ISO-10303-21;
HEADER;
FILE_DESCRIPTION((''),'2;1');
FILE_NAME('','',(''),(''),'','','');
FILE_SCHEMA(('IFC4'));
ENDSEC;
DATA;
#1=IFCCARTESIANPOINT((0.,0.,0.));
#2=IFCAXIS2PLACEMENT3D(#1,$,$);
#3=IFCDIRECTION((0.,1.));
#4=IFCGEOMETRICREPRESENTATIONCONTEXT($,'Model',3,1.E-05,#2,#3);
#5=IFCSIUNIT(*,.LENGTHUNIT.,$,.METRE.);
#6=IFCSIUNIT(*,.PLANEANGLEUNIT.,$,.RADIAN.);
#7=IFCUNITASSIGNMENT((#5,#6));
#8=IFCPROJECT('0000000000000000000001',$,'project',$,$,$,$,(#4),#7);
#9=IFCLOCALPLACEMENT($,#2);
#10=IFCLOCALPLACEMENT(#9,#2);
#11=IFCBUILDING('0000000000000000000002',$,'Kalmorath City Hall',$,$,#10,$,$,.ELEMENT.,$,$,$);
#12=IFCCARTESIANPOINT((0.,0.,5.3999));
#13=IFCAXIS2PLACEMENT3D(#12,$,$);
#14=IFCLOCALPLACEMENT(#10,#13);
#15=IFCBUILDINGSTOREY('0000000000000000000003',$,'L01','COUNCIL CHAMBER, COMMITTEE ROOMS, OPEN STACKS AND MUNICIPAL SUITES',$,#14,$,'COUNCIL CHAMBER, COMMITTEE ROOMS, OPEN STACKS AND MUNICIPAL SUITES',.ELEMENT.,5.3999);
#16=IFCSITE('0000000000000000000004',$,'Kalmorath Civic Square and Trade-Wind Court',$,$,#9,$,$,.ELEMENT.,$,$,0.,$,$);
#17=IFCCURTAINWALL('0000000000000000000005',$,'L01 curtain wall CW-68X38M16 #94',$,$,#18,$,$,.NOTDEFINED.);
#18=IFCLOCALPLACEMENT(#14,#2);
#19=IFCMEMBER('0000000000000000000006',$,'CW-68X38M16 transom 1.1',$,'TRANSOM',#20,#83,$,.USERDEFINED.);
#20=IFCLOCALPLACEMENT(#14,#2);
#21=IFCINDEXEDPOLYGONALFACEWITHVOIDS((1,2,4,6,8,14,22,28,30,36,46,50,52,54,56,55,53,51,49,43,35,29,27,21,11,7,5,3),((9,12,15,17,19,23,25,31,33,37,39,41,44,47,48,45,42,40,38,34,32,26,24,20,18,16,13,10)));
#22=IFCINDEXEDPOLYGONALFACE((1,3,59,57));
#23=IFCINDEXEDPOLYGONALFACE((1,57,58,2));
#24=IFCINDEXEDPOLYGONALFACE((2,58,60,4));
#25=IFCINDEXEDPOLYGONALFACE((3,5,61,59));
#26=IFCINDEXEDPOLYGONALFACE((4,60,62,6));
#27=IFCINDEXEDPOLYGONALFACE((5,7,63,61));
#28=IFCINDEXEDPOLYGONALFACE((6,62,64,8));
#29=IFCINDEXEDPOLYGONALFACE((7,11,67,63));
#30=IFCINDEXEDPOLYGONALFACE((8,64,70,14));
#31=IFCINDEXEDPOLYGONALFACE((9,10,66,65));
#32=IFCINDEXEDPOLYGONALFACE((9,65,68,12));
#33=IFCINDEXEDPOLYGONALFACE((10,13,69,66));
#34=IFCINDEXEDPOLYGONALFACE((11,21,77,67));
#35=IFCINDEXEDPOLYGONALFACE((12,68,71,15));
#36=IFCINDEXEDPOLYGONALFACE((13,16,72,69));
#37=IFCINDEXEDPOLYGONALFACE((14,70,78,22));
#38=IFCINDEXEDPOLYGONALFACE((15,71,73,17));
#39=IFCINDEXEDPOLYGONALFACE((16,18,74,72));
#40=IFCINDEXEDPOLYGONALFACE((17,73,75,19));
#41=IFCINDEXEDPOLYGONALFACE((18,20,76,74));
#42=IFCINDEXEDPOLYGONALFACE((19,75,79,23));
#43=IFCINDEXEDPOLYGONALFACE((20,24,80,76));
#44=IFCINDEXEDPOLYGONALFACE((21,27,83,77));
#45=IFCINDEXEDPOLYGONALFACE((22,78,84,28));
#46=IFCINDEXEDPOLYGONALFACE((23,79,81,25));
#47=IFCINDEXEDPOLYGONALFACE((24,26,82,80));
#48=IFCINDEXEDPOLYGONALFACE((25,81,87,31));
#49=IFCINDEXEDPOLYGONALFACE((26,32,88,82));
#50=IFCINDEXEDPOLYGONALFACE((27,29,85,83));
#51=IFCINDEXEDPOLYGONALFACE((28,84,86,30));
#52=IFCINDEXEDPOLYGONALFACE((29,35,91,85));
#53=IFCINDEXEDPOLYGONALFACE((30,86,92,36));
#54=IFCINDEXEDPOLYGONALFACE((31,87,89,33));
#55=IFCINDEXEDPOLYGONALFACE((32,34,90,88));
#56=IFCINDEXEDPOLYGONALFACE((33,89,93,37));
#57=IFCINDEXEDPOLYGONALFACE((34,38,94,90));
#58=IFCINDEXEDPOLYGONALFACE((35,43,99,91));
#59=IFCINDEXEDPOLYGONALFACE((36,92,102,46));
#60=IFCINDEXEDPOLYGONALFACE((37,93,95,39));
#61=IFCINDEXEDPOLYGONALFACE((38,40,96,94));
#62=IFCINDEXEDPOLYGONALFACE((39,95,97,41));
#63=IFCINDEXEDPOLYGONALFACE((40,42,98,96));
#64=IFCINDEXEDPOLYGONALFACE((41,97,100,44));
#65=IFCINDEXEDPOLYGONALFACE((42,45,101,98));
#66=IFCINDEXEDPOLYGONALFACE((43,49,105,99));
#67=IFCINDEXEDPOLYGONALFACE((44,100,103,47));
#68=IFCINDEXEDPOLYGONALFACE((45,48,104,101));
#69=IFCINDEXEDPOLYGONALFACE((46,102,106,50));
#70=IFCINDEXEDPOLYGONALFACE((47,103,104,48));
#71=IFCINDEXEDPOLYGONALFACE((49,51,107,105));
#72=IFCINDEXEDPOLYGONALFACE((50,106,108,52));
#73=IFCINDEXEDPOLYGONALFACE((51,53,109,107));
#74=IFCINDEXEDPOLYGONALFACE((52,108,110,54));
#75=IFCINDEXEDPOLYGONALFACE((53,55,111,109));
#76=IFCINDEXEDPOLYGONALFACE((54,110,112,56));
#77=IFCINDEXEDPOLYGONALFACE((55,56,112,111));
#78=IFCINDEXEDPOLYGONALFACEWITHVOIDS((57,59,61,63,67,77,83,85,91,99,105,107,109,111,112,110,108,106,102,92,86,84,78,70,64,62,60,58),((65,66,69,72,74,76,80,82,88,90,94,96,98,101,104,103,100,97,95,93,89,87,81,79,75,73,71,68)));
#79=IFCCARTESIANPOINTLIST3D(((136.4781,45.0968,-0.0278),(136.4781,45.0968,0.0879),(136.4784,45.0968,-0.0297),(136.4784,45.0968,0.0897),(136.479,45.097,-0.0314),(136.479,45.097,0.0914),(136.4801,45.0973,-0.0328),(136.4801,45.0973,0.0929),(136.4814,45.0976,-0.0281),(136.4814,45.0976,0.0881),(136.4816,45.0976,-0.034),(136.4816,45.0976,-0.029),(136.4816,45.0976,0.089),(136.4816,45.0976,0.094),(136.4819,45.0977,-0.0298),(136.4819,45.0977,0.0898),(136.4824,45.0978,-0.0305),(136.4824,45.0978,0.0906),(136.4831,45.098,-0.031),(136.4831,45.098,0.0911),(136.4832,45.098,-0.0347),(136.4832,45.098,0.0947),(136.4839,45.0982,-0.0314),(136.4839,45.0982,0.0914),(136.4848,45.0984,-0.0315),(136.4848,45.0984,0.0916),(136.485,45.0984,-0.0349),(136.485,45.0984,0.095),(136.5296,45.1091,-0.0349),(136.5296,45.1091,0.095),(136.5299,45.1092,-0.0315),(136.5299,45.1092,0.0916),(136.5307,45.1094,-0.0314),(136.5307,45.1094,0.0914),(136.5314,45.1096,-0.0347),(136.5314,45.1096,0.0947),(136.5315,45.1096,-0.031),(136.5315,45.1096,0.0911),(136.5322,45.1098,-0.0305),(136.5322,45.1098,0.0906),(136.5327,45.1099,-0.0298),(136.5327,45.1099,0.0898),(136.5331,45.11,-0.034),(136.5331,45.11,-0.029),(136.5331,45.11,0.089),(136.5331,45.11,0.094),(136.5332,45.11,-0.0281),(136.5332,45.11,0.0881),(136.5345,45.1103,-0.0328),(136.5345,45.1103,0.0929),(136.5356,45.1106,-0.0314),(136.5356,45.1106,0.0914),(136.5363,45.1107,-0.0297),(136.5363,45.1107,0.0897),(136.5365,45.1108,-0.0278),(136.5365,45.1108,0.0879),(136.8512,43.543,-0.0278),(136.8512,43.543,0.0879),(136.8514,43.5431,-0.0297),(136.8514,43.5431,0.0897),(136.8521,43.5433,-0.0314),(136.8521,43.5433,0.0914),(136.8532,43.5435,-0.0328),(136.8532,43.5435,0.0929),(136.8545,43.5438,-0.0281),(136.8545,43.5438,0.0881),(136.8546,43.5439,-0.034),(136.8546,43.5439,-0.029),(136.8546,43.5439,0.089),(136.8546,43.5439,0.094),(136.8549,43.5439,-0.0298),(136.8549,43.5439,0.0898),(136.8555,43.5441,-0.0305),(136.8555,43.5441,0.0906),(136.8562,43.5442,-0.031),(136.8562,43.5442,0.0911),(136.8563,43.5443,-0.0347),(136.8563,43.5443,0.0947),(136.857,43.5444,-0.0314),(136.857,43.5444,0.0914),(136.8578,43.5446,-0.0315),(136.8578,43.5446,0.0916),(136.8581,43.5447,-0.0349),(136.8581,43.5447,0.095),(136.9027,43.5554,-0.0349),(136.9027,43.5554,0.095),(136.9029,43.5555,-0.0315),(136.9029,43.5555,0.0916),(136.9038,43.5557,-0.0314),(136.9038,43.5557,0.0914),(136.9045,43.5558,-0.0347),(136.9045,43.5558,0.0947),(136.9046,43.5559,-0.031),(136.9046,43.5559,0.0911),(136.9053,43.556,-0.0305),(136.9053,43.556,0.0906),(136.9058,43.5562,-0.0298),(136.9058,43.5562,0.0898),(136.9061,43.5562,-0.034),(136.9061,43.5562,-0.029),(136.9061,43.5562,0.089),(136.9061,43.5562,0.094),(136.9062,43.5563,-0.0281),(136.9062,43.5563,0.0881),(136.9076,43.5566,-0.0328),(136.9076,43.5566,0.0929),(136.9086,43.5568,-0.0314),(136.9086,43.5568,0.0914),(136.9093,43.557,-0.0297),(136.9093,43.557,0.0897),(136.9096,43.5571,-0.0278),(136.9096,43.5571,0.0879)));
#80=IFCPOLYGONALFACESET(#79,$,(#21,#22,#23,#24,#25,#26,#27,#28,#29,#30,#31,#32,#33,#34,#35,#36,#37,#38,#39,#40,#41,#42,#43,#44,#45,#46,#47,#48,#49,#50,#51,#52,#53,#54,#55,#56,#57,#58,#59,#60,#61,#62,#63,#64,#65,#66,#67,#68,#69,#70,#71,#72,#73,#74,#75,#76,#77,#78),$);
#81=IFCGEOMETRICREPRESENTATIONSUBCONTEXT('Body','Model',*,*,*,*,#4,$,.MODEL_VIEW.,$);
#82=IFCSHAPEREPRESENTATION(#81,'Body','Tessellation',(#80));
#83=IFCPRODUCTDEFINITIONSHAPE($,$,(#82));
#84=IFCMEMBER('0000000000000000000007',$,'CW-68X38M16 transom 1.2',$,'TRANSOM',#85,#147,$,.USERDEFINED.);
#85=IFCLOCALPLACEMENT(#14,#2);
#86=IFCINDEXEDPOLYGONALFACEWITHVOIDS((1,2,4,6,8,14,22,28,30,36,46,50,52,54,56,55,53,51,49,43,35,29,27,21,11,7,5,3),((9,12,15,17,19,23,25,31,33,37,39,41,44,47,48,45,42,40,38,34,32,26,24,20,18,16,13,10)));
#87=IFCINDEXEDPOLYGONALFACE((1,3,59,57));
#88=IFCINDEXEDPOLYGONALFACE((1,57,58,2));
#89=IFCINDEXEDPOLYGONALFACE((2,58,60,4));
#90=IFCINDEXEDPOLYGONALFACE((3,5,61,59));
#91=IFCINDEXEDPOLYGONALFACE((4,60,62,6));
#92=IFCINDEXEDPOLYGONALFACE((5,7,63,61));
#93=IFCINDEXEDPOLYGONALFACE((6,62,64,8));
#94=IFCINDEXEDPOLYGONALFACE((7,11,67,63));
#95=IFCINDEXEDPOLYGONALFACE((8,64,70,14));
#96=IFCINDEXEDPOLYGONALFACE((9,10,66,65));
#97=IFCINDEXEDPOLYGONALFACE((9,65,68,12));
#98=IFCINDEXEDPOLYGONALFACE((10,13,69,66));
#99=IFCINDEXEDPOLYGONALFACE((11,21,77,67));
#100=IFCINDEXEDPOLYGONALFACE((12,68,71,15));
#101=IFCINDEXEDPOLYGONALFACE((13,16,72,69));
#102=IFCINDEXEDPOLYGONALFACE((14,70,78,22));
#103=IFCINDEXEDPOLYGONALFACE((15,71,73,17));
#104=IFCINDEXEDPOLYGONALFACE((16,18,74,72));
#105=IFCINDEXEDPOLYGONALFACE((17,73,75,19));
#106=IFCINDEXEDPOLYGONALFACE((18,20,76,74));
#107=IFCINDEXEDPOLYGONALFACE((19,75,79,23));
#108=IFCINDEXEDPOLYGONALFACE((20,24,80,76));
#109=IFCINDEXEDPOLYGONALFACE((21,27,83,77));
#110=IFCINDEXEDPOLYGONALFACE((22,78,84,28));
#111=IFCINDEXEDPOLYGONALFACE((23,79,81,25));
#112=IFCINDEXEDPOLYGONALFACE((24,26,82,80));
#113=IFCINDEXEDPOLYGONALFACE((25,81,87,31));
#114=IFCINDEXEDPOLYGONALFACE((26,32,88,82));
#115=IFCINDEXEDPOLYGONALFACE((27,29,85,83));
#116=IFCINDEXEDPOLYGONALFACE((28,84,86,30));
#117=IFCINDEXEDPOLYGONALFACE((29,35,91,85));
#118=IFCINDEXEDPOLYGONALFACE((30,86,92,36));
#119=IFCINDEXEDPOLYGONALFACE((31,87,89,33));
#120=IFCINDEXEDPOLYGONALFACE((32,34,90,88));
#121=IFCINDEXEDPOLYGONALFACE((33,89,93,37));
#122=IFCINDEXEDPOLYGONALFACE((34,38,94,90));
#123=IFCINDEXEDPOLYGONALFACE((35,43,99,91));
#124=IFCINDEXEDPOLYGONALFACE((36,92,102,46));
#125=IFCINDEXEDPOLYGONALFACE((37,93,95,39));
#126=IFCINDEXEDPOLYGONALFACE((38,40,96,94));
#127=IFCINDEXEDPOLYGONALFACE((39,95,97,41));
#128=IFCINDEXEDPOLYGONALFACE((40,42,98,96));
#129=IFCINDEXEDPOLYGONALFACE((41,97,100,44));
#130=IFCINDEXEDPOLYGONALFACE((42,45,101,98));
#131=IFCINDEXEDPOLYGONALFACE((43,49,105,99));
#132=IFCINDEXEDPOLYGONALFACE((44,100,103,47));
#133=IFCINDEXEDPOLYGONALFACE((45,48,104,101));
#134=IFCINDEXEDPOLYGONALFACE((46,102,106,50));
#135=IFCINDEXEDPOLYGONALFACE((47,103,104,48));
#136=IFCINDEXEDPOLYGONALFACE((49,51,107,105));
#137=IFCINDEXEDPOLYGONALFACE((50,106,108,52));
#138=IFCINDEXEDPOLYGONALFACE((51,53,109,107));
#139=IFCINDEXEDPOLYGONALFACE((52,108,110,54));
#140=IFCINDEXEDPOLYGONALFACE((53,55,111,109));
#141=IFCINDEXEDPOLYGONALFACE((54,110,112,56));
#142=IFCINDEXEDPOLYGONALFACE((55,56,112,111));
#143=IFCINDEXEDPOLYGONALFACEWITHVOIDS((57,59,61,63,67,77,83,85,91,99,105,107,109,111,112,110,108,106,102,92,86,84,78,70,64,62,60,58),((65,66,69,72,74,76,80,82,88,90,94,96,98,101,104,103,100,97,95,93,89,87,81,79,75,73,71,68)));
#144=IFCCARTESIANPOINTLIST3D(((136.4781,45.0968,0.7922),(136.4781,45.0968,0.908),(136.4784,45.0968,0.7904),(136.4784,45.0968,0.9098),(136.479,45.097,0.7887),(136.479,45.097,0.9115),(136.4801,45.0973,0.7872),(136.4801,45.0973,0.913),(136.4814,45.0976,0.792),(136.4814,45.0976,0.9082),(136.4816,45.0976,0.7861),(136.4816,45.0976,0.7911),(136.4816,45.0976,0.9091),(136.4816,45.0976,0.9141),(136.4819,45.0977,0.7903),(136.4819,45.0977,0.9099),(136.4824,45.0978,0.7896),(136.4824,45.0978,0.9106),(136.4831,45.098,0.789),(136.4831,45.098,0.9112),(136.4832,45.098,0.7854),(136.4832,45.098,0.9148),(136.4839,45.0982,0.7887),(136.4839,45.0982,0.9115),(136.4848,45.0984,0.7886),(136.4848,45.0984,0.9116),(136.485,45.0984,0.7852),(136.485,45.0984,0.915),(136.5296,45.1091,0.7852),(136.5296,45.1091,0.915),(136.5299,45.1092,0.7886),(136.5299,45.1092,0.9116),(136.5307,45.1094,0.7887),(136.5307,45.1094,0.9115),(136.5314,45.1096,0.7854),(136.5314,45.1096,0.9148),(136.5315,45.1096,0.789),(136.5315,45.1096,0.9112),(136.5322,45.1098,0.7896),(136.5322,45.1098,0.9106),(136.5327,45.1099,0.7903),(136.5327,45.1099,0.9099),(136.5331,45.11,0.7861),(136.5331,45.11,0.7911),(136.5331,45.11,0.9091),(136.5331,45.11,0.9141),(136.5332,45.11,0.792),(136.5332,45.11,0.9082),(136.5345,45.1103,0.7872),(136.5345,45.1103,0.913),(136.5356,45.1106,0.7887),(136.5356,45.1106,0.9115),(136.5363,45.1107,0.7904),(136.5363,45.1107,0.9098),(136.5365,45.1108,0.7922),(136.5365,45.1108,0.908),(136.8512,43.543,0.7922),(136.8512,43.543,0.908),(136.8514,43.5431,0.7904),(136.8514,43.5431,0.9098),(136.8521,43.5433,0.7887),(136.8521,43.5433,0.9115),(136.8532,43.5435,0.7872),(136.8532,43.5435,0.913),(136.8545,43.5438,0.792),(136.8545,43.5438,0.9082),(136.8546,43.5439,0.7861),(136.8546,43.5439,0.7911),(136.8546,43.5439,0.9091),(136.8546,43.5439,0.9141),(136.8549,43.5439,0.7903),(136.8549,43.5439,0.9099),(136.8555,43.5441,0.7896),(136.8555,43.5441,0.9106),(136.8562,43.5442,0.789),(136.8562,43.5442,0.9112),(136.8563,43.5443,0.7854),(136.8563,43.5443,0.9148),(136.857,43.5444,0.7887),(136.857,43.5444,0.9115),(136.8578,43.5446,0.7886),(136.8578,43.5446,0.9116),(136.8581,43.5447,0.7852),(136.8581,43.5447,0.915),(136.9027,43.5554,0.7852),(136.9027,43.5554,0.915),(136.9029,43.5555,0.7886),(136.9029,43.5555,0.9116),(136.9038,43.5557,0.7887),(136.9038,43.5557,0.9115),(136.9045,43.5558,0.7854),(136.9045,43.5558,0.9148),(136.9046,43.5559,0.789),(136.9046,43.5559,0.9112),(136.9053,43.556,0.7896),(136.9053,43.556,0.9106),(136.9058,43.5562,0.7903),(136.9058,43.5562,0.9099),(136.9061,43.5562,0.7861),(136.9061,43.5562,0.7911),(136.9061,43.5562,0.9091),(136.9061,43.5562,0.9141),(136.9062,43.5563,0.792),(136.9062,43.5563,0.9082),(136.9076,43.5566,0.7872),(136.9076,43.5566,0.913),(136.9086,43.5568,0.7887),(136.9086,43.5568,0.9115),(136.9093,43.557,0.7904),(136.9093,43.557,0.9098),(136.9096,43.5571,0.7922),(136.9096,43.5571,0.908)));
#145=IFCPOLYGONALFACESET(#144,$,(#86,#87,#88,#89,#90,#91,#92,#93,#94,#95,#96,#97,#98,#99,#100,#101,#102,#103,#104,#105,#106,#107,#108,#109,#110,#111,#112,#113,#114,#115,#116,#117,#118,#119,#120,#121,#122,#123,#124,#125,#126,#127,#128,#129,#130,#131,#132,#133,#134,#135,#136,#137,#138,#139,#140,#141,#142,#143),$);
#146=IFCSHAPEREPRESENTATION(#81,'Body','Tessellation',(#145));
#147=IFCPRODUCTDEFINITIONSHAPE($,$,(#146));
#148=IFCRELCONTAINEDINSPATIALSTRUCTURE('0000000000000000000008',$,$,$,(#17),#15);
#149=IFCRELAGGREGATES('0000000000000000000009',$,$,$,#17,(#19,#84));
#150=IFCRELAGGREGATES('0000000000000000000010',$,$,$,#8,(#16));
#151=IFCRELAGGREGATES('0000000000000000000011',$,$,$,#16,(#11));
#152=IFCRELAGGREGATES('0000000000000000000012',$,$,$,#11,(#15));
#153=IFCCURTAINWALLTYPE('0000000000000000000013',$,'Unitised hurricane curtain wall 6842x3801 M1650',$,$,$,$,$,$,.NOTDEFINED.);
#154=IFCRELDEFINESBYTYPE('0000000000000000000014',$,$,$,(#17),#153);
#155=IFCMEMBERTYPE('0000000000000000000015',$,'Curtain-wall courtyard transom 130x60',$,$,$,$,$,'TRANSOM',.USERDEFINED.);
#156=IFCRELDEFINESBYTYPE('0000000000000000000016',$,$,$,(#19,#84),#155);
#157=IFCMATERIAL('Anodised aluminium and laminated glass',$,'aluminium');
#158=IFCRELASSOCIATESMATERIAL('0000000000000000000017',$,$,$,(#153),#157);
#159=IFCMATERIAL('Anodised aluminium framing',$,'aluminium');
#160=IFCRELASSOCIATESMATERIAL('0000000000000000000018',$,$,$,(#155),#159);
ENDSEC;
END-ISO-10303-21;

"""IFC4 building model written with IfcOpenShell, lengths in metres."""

from ifc_helpers import new_model, si_unit, direction, frame, origin, origin_2d, place, context, subcontext, project, spatial, hollow_rectangle, extrude, material, material_profile, profile_set, type_object, element, aggregate, save


model = new_model("IFC4")

# Units and contexts
model_context = context("Model", 3, precision=1e-05, world=origin(), true_north=direction((0.0, 1.0)))
body_context = subcontext(model_context, "Body", "Model", "MODEL_VIEW")
ifc_project = project(units=[si_unit("LENGTHUNIT", "METRE"), si_unit("PLANEANGLEUNIT", "RADIAN")], contexts=[model_context])

# Site, building, storey
site_placement = place(None, origin())
site = spatial("IfcSite", under=ifc_project, at=site_placement, Name="Kalmorath Civic Square and Trade-Wind Court", CompositionType="ELEMENT", RefElevation=0.0)
building_placement = place(site_placement, origin())
building = spatial("IfcBuilding", under=site, at=building_placement, Name="Kalmorath City Hall", CompositionType="ELEMENT")
storey_placement = place(building_placement, frame((0.0, 0.0, 5.3999)))
storey = spatial("IfcBuildingStorey", under=building, at=storey_placement, Name="L01", Description="COUNCIL CHAMBER, COMMITTEE ROOMS, OPEN STACKS AND MUNICIPAL SUITES", LongName="COUNCIL CHAMBER, COMMITTEE ROOMS, OPEN STACKS AND MUNICIPAL SUITES", CompositionType="ELEMENT", Elevation=5.3999)

# Curtain wall, members
ifc_material_1 = material(Name="Anodised aluminium and laminated glass", Category="aluminium")
curtain_wall_type = type_object("IfcCurtainWallType", Name="Unitised hurricane curtain wall 6842x3801 M1650", PredefinedType="NOTDEFINED", material=ifc_material_1)
curtain_wall_placement = place(storey_placement, origin())
curtain_wall = element("IfcCurtainWall", 1, at=curtain_wall_placement, inside=storey, type_object=curtain_wall_type, Name="L01 curtain wall CW-68X38M16 #94", PredefinedType="NOTDEFINED")
ifc_material_2 = material(Name="Anodised aluminium framing", Category="aluminium")
ifc_material_profile_1 = material_profile(ifc_material_2, hollow_rectangle(XDim=0.0601, YDim=0.1299, WallThickness=0.0034, InnerFilletRadius=0.0034, OuterFilletRadius=0.0071, at=origin_2d()), Name="ALU-TRN-130X60X3.5")
ifc_profile_set_1 = profile_set([ifc_material_profile_1], Name="Anodised aluminium framing")
member_type_1 = type_object("IfcMemberType", Name="Curtain-wall courtyard transom 130x60", ElementType="TRANSOM", PredefinedType="USERDEFINED", material=ifc_profile_set_1)
member_1_placement = place(storey_placement, frame((136.8804, 43.55, 0.03), z_axis=(-0.233465, 0.972365, 0.0), x_axis=(-0.972365, -0.233465, 0.0)))
member_1 = element("IfcMember", 2, at=member_1_placement, type_object=member_type_1, Name="CW-68X38M16 transom 1.1", ObjectType="TRANSOM", PredefinedType="USERDEFINED", context=body_context, shape_type="SweptSolid", body=[
    extrude(hollow_rectangle(XDim=0.0601, YDim=0.1299, WallThickness=0.0034, InnerFilletRadius=0.0034, OuterFilletRadius=0.0071, at=origin_2d()), origin(), (0.0, 0.0, 1.0), 1.5979),
])
member_2_placement = place(storey_placement, frame((136.8804, 43.55, 0.8501), z_axis=(-0.233465, 0.972365, 0.0), x_axis=(-0.972365, -0.233465, 0.0)))
member_2 = element("IfcMember", 3, at=member_2_placement, type_object=member_type_1, Name="CW-68X38M16 transom 1.2", ObjectType="TRANSOM", PredefinedType="USERDEFINED", context=body_context, shape_type="SweptSolid", body=[
    extrude(hollow_rectangle(XDim=0.0601, YDim=0.1299, WallThickness=0.0034, InnerFilletRadius=0.0034, OuterFilletRadius=0.0071, at=origin_2d()), origin(), (0.0, 0.0, 1.0), 1.5979),
])
aggregate(curtain_wall, [member_1, member_2])

save(model, "model.ifc")
